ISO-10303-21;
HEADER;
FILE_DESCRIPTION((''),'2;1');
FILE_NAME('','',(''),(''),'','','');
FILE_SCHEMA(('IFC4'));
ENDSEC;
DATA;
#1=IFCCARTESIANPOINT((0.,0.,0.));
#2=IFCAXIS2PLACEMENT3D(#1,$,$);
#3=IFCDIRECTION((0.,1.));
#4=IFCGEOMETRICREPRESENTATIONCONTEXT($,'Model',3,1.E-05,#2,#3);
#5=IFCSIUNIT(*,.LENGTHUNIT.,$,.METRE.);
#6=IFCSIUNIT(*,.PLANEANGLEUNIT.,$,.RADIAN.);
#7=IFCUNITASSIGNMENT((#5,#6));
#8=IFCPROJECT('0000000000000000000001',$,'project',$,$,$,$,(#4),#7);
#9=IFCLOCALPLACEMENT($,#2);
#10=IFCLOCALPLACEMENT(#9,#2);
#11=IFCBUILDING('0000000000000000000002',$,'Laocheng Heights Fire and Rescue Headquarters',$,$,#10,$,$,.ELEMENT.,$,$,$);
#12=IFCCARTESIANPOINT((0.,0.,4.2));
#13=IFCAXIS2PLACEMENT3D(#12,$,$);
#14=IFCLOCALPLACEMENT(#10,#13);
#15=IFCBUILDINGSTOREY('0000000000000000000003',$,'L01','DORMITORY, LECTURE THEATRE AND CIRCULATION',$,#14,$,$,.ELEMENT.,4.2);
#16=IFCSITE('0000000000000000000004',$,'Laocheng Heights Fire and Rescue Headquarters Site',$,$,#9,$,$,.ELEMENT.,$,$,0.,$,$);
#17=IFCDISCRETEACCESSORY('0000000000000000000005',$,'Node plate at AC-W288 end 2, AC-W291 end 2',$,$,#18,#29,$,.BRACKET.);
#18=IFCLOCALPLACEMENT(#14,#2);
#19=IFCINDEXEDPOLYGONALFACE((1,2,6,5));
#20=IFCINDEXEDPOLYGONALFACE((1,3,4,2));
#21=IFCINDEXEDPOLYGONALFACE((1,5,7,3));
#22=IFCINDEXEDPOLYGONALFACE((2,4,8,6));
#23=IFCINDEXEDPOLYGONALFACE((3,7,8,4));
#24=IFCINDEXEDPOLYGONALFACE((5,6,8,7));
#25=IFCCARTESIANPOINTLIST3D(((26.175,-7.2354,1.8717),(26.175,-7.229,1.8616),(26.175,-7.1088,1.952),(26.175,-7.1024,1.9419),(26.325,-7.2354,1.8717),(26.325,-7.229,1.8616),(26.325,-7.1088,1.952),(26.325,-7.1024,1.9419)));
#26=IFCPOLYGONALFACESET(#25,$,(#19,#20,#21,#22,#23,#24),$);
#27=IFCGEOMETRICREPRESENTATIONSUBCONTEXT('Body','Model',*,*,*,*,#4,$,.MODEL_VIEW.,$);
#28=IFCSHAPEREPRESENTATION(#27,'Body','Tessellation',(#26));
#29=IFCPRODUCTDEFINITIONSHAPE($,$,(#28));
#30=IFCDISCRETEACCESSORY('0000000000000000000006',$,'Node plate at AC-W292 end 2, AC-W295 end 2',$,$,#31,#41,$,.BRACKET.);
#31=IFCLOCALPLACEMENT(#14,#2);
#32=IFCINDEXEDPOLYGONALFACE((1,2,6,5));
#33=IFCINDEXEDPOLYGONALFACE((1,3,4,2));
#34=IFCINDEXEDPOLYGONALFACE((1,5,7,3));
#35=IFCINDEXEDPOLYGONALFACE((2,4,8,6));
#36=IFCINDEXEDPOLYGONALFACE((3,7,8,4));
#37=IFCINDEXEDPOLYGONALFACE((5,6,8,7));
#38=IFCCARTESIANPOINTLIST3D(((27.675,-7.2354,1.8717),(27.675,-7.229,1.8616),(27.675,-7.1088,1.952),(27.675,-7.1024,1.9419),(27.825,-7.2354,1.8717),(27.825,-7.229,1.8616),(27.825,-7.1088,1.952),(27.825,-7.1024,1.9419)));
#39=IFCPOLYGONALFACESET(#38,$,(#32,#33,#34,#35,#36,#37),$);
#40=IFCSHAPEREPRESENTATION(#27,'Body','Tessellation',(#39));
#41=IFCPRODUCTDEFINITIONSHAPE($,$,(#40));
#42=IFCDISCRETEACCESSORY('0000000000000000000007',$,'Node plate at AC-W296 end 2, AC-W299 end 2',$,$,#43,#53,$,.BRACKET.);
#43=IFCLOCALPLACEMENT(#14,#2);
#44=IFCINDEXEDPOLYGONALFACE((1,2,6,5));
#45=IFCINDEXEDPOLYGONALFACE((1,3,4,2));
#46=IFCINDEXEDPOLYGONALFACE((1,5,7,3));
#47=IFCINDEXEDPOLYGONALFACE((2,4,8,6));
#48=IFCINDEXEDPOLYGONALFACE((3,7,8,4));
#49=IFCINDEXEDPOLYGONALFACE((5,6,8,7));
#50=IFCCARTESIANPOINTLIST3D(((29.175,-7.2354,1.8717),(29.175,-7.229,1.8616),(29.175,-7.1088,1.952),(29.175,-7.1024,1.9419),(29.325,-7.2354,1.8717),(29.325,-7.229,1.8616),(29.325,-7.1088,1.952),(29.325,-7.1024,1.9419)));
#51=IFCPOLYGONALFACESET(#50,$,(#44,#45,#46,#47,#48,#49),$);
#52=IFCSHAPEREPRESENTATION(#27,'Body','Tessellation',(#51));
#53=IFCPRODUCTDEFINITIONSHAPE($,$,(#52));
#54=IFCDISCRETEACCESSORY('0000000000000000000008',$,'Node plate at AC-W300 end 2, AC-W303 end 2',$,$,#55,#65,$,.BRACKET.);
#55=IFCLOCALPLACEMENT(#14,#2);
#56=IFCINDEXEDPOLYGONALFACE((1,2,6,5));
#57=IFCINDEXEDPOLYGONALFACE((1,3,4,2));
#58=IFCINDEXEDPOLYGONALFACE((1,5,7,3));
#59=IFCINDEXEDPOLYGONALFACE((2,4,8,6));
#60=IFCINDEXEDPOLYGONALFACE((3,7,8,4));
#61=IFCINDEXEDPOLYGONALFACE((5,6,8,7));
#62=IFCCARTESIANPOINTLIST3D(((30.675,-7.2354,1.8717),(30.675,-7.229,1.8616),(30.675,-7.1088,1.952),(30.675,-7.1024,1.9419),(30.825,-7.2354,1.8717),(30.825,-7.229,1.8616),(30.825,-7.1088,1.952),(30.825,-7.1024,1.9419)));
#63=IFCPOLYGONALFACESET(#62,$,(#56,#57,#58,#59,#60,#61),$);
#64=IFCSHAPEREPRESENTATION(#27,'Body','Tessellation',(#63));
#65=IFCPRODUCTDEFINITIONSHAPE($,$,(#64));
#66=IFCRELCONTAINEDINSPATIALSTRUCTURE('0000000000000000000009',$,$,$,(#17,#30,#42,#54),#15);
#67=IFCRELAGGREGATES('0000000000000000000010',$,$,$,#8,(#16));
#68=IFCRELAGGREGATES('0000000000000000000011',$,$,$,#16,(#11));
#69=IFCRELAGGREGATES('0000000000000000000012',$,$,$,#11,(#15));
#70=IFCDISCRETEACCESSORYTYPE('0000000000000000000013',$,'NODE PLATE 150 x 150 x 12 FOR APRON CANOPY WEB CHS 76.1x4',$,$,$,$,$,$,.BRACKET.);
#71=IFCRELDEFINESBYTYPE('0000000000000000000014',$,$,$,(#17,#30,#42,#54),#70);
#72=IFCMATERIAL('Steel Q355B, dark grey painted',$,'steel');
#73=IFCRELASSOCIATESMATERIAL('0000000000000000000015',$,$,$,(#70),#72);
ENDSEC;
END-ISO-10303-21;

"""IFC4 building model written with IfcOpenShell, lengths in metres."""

from ifc_helpers import new_model, si_unit, direction, frame, origin, origin_2d, place, context, subcontext, project, spatial, rectangle, extrude, material, material_profile, profile_set, type_object, element, save


model = new_model("IFC4")

# Units and contexts
model_context = context("Model", 3, precision=1e-05, world=origin(), true_north=direction((0.0, 1.0)))
body_context = subcontext(model_context, "Body", "Model", "MODEL_VIEW")
ifc_project = project(units=[si_unit("LENGTHUNIT", "METRE"), si_unit("PLANEANGLEUNIT", "RADIAN")], contexts=[model_context])

# Site, building, storey
site_placement = place(None, origin())
site = spatial("IfcSite", under=ifc_project, at=site_placement, Name="Laocheng Heights Fire and Rescue Headquarters Site", CompositionType="ELEMENT", RefElevation=0.0)
building_placement = place(site_placement, origin())
building = spatial("IfcBuilding", under=site, at=building_placement, Name="Laocheng Heights Fire and Rescue Headquarters", CompositionType="ELEMENT")
storey_placement = place(building_placement, frame((0.0, 0.0, 4.2)))
storey = spatial("IfcBuildingStorey", under=building, at=storey_placement, Name="L01", Description="DORMITORY, LECTURE THEATRE AND CIRCULATION", CompositionType="ELEMENT", Elevation=4.2)

# Discrete accessories
ifc_material_1 = material(Name="Steel Q355B, dark grey painted", Category="steel")
ifc_material_profile_1 = material_profile(ifc_material_1, rectangle(XDim=0.1499, YDim=0.1499, at=origin_2d()), Name="NODE PLATE 150 x 150 x 12 FOR APRON CANOPY WEB CHS 76.1x4")
ifc_profile_set_1 = profile_set([ifc_material_profile_1], Name="Steel Q355B, dark grey painted")
discrete_accessory_type = type_object("IfcDiscreteAccessoryType", Name="NODE PLATE 150 x 150 x 12 FOR APRON CANOPY WEB CHS 76.1x4", PredefinedType="BRACKET", material=ifc_profile_set_1)
for number, where, z_axis, x_axis, name in (
    (1, (26.25, -7.1721, 1.9119), (0.0, 0.535542, -0.844509), (-1.0, 0.0, 0.0), "Node plate at AC-W288 end 2, AC-W291 end 2"),
    (2, (27.75, -7.1721, 1.9119), (0.0, 0.535542, -0.844509), (-1.0, 0.0, 0.0), "Node plate at AC-W292 end 2, AC-W295 end 2"),
    (3, (29.25, -7.1721, 1.9119), (0.0, 0.535542, -0.844509), (-1.0, 0.0, 0.0), "Node plate at AC-W296 end 2, AC-W299 end 2"),
    (4, (30.75, -7.1721, 1.9119), (0.0, 0.535542, -0.844509), (-1.0, 0.0, 0.0), "Node plate at AC-W300 end 2, AC-W303 end 2"),
):
    element("IfcDiscreteAccessory", number, at=place(storey_placement, frame(where, z_axis=z_axis, x_axis=x_axis)), inside=storey, type_object=discrete_accessory_type, Name=name, PredefinedType="BRACKET", context=body_context, shape_type="SweptSolid", body=[
        extrude(rectangle(XDim=0.1499, YDim=0.1499, at=origin_2d()), origin(), (0.0, 0.0, 1.0), 0.012),
    ])

save(model, "model.ifc")
